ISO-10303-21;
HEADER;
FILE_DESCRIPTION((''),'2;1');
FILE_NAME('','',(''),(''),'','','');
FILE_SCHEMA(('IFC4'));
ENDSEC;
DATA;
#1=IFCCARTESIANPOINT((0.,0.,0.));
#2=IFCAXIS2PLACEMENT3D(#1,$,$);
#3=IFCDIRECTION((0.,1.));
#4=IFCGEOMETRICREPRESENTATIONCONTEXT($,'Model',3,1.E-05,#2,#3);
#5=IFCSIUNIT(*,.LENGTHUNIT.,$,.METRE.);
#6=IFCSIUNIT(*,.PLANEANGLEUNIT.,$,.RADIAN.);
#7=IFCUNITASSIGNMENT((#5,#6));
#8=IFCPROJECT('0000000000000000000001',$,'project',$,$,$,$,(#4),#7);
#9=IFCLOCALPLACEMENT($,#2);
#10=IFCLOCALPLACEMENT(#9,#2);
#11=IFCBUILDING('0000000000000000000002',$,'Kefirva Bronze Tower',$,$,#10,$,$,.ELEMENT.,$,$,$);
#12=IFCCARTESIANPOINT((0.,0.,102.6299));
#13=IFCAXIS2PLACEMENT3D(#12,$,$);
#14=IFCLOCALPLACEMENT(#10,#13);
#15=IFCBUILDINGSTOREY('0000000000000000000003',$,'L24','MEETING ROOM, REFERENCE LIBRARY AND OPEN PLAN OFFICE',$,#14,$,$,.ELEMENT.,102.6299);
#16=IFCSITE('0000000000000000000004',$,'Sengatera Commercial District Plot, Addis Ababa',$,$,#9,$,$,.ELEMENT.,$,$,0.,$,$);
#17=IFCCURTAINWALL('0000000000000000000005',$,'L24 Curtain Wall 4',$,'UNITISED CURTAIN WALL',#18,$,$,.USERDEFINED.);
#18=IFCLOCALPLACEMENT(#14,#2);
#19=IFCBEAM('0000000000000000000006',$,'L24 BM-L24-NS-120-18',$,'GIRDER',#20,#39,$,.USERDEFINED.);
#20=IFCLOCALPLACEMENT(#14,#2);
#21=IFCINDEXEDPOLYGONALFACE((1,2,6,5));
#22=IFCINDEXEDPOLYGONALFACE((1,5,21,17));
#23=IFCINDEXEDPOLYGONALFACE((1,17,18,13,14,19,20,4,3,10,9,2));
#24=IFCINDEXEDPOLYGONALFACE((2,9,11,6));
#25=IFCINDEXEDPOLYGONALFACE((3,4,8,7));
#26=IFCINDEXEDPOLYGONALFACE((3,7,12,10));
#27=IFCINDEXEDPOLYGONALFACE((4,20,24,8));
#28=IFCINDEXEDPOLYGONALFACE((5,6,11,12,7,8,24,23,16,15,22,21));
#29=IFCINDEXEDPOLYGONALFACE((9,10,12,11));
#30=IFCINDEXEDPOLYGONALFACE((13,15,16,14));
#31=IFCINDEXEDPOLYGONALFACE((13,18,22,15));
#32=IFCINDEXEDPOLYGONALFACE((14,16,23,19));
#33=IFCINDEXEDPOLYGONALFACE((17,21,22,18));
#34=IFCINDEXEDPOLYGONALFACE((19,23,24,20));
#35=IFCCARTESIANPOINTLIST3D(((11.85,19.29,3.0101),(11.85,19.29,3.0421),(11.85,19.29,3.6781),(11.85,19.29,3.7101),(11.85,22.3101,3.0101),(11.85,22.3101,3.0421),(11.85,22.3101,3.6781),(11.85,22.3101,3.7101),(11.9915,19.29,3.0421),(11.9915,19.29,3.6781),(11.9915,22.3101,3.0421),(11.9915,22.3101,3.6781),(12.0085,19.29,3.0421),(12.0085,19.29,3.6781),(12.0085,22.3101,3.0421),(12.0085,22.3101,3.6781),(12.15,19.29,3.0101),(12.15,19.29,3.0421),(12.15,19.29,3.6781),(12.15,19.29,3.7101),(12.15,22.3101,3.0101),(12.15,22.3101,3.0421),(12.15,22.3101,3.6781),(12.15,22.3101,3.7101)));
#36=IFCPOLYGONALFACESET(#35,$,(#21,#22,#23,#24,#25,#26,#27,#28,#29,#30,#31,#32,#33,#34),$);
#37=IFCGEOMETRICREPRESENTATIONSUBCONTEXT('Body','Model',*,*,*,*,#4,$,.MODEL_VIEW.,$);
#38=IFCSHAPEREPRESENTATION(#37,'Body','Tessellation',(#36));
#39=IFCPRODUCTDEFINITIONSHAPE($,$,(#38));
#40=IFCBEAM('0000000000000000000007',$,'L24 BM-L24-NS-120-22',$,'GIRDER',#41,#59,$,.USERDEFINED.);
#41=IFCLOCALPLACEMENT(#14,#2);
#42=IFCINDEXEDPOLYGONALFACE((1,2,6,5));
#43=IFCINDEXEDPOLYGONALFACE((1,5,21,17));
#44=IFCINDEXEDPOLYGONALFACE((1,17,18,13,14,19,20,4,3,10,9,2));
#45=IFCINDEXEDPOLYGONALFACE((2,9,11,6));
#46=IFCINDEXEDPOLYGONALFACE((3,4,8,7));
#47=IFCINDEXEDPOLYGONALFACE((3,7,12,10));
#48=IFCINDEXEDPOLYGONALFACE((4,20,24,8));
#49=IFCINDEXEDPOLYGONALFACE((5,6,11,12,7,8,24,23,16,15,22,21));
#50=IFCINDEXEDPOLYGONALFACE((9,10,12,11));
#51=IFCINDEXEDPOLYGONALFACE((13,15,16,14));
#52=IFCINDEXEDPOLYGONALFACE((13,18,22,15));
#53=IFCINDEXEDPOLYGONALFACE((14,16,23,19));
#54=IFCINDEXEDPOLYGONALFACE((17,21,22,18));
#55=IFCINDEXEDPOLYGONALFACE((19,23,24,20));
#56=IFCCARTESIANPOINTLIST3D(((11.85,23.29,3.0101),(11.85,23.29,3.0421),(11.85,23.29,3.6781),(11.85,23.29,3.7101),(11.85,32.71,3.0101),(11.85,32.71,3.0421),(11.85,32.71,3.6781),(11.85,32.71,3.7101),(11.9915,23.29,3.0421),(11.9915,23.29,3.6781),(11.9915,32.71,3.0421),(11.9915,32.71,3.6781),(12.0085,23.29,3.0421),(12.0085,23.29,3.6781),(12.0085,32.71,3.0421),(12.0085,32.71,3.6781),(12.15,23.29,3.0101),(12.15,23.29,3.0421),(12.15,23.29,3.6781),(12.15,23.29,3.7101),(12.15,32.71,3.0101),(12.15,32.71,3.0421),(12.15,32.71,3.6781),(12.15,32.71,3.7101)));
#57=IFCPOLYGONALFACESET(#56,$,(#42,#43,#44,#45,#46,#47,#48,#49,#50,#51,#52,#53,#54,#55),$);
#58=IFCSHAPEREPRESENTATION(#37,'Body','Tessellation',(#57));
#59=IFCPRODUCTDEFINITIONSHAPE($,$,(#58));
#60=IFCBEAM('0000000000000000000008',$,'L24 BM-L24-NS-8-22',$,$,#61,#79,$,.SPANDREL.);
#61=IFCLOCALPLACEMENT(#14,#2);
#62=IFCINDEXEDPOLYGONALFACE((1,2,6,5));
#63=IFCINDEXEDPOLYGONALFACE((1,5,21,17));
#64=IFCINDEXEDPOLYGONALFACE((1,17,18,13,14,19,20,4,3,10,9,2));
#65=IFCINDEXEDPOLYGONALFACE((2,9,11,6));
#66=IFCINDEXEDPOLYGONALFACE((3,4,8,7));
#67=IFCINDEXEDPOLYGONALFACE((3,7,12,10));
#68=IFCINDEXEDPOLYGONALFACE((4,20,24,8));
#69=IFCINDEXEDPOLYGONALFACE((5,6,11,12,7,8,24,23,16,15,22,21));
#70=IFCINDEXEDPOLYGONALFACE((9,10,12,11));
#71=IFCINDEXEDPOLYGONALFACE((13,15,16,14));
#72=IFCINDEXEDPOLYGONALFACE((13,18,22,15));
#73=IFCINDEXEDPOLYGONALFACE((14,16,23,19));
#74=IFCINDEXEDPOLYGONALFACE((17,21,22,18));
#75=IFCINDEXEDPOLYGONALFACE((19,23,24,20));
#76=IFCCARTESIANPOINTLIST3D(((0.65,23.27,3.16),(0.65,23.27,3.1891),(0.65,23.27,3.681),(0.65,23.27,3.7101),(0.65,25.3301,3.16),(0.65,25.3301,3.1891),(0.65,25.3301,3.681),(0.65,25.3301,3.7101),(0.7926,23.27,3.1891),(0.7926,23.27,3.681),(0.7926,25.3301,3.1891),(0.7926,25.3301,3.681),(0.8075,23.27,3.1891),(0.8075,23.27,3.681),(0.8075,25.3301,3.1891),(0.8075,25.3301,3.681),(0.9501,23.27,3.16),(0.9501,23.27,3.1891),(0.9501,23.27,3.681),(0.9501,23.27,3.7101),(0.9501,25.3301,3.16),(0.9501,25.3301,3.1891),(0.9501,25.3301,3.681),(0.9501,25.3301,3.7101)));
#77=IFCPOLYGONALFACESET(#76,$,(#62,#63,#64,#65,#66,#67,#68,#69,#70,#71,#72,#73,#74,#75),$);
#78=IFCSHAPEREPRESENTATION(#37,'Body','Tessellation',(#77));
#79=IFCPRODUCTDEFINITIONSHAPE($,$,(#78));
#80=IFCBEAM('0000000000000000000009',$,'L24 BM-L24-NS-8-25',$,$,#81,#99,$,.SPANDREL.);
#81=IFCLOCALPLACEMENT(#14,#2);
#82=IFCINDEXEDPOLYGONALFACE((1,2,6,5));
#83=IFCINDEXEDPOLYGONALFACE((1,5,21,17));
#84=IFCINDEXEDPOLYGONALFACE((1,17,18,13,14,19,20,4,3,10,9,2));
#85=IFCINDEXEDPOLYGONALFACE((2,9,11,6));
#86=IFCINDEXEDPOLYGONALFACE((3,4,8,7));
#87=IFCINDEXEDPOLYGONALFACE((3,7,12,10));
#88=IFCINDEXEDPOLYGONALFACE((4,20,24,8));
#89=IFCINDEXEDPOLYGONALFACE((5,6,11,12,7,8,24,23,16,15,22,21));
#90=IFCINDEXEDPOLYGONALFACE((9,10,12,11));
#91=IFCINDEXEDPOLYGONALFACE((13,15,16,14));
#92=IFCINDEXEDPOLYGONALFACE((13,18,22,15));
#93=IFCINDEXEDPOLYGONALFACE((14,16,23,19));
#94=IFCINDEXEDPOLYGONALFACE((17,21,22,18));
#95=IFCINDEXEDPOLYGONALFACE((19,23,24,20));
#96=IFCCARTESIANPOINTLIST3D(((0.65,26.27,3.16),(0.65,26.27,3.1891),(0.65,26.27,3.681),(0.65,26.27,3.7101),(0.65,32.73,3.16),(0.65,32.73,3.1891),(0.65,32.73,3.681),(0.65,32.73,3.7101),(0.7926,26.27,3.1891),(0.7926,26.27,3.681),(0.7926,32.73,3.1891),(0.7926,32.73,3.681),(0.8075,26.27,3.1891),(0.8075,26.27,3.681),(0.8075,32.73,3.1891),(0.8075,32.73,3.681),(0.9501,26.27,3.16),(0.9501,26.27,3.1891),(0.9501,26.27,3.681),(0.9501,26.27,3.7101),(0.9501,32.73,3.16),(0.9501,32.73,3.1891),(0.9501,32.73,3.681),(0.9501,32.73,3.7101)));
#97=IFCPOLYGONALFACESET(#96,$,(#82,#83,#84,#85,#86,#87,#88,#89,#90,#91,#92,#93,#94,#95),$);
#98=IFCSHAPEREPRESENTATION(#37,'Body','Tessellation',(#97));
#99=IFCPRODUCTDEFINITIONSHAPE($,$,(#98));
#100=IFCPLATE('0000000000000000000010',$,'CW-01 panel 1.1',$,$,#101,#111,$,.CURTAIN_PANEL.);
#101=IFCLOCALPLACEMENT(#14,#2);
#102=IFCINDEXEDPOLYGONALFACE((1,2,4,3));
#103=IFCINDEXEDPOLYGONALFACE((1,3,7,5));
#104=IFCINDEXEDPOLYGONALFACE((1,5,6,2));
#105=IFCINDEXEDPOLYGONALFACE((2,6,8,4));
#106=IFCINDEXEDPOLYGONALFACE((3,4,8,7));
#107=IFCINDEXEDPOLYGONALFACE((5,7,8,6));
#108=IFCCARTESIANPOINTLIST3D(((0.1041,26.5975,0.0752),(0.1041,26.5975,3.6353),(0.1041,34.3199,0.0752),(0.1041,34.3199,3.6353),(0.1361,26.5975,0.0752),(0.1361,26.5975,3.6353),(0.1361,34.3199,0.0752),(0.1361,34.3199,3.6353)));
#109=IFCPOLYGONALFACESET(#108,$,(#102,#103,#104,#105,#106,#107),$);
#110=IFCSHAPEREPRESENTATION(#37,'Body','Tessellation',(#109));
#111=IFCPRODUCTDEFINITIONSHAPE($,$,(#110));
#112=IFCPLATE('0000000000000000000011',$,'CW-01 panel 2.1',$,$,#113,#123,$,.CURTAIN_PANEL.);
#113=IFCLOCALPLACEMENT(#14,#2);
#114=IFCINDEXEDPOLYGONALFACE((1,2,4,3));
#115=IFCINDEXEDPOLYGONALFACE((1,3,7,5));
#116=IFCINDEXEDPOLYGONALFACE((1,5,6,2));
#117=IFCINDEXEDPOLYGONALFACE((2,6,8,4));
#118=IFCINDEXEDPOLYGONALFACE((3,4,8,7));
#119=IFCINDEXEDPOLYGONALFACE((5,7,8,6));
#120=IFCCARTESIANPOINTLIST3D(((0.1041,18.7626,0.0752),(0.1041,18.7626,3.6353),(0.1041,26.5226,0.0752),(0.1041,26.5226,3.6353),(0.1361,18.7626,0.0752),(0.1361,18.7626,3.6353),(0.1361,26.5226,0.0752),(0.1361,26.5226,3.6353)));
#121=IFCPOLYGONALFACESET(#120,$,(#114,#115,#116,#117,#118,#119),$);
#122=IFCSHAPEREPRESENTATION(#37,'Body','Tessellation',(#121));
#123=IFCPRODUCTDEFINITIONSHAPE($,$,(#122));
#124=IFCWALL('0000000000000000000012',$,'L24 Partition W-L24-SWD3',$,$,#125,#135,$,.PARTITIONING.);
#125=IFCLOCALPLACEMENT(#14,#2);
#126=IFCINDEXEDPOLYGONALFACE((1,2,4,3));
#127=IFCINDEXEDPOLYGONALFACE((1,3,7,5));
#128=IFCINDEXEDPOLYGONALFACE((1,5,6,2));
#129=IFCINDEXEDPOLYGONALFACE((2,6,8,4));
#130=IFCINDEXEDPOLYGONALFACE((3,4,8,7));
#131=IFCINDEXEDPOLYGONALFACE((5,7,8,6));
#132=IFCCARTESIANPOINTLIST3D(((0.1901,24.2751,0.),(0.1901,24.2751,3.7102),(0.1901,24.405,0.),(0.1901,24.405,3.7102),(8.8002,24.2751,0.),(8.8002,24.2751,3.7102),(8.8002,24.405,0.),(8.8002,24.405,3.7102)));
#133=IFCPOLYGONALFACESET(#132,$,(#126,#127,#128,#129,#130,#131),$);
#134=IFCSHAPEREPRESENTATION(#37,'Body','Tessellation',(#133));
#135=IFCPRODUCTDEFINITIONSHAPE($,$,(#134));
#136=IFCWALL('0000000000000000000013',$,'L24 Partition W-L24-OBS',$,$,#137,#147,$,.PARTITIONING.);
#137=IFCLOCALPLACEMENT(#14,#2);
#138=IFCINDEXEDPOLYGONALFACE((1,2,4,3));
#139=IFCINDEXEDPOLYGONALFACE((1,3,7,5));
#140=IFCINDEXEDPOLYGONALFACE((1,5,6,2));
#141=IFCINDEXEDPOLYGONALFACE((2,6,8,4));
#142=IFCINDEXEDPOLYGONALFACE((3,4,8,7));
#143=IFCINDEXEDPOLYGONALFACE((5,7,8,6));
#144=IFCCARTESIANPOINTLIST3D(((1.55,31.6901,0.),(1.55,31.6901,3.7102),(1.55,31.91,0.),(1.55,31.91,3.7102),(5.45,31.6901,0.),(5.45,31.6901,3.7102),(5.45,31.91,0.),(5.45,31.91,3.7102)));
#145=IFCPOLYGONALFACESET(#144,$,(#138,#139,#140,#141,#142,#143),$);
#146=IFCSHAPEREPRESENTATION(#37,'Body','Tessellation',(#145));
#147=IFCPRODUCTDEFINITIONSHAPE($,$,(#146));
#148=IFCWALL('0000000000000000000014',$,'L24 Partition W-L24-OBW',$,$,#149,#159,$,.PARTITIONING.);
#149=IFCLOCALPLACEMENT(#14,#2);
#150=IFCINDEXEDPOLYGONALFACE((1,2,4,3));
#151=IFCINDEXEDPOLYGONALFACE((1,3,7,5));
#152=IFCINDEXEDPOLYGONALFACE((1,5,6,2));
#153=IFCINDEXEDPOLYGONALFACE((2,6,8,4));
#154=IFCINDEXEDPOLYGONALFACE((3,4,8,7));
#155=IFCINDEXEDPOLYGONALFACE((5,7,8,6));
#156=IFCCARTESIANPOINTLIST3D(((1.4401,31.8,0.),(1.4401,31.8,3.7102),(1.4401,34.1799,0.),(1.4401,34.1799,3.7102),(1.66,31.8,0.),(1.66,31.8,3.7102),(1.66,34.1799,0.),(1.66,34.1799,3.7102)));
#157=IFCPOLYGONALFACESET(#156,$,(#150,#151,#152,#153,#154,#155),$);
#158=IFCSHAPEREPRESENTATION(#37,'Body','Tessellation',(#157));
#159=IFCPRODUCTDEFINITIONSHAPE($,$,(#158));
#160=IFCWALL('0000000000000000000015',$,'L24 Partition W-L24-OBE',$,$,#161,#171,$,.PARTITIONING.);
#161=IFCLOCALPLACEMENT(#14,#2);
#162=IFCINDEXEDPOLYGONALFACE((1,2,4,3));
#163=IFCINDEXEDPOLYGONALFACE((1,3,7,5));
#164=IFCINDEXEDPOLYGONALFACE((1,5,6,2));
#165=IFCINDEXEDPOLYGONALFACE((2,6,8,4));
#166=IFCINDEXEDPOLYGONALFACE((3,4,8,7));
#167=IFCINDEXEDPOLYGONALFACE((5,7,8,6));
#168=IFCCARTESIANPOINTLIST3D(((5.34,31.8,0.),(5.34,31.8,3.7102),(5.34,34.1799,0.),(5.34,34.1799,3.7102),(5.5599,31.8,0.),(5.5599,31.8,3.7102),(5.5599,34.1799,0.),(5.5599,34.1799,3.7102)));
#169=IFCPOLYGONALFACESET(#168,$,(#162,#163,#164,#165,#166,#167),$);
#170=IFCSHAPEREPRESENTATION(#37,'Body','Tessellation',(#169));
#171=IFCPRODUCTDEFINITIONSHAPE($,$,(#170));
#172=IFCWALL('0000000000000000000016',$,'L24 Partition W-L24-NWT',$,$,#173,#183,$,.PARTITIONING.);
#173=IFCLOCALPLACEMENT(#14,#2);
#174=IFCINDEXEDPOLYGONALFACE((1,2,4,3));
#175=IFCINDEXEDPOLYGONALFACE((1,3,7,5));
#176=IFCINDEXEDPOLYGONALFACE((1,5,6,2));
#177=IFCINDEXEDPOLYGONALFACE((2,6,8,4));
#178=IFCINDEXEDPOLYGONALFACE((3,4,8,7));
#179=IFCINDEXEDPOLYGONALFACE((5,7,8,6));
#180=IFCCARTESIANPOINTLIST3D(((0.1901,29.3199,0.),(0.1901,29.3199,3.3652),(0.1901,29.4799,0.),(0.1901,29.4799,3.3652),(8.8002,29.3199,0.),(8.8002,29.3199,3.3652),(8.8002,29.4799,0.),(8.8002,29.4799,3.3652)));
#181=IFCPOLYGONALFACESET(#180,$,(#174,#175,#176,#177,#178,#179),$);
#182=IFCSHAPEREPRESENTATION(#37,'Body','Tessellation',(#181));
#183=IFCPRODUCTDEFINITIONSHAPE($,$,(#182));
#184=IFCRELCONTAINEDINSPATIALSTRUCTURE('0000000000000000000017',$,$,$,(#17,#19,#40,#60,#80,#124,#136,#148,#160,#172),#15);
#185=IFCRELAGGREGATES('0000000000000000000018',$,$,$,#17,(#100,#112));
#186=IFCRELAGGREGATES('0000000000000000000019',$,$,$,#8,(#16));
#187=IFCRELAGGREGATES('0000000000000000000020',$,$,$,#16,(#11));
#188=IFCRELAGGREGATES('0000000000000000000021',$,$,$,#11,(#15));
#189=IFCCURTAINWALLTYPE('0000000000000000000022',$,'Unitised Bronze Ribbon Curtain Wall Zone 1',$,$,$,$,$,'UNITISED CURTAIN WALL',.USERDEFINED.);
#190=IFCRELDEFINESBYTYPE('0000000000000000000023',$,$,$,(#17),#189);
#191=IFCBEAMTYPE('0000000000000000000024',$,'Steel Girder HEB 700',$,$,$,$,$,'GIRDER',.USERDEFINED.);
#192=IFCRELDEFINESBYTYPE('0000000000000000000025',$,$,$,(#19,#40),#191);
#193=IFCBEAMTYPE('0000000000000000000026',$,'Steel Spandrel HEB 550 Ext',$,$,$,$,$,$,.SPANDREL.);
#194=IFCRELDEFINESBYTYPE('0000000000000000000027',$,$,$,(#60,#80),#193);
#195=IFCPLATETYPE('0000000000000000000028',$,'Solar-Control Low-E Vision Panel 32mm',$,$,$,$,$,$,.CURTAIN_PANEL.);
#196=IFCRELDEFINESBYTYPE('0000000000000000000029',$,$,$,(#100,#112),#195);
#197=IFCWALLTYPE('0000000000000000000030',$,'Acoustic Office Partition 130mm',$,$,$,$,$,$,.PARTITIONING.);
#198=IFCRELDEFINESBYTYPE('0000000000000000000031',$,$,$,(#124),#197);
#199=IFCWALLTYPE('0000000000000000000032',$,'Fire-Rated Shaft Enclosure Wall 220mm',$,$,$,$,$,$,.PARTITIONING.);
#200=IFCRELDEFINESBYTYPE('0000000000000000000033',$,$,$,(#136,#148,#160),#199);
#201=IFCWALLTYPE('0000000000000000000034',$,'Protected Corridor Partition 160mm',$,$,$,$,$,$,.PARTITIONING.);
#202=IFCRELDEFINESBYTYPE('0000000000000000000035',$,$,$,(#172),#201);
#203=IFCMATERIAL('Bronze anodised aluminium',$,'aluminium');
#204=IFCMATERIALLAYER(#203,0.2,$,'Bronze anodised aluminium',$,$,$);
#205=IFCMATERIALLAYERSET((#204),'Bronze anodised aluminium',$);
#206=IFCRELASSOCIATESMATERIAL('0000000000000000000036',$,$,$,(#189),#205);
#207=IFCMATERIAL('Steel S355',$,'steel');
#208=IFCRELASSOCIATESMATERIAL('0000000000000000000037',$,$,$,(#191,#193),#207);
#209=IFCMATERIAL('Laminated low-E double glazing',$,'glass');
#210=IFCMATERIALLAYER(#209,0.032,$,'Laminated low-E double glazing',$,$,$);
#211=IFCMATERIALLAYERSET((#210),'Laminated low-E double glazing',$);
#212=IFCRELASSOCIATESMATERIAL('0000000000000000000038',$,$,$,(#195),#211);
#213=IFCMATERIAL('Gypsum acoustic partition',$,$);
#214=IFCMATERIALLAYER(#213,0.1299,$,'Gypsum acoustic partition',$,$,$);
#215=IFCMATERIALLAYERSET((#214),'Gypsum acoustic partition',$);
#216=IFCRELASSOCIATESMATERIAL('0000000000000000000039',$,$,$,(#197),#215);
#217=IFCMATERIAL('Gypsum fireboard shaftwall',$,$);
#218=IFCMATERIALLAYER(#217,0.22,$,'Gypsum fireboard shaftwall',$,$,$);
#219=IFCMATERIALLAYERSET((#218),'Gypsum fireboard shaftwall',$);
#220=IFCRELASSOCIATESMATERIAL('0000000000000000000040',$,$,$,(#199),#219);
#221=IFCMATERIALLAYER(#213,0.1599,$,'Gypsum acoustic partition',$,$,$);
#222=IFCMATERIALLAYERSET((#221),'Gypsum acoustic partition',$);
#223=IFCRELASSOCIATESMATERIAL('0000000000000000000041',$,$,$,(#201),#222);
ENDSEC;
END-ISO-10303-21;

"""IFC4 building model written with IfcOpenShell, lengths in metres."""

from ifc_helpers import new_model, si_unit, direction, frame, frame_2d, origin, origin_2d, place, context, subcontext, project, spatial, rectangle, i_section, extrude, material, layer, layer_set, material_profile, profile_set, type_object, element, aggregate, save


model = new_model("IFC4")

# Units and contexts
model_context = context("Model", 3, precision=1e-05, world=origin(), true_north=direction((0.0, 1.0)))
body_context = subcontext(model_context, "Body", "Model", "MODEL_VIEW")
ifc_project = project(units=[si_unit("LENGTHUNIT", "METRE"), si_unit("PLANEANGLEUNIT", "RADIAN")], contexts=[model_context])

# Site, building, storey
site_placement = place(None, origin())
site = spatial("IfcSite", under=ifc_project, at=site_placement, Name="Sengatera Commercial District Plot, Addis Ababa", CompositionType="ELEMENT", RefElevation=0.0)
building_placement = place(site_placement, origin())
building = spatial("IfcBuilding", under=site, at=building_placement, Name="Kefirva Bronze Tower", CompositionType="ELEMENT")
storey_placement = place(building_placement, frame((0.0, 0.0, 102.6299)))
storey = spatial("IfcBuildingStorey", under=building, at=storey_placement, Name="L24", Description="MEETING ROOM, REFERENCE LIBRARY AND OPEN PLAN OFFICE", CompositionType="ELEMENT", Elevation=102.6299)

# Curtain wall
ifc_material_1 = material(Name="Bronze anodised aluminium", Category="aluminium")
ifc_layer_1 = layer(ifc_material_1, 0.2, Name="Bronze anodised aluminium")
ifc_layer_set_1 = layer_set([ifc_layer_1], Name="Bronze anodised aluminium")
curtain_wall_type = type_object("IfcCurtainWallType", Name="Unitised Bronze Ribbon Curtain Wall Zone 1", ElementType="UNITISED CURTAIN WALL", PredefinedType="USERDEFINED", material=ifc_layer_set_1)
curtain_wall_placement = place(storey_placement, origin())
curtain_wall = element("IfcCurtainWall", 1, at=curtain_wall_placement, inside=storey, type_object=curtain_wall_type, Name="L24 Curtain Wall 4", ObjectType="UNITISED CURTAIN WALL", PredefinedType="USERDEFINED")

# Beams
ifc_material_2 = material(Name="Steel S355", Category="steel")
ifc_material_profile_1 = material_profile(ifc_material_2, i_section(OverallWidth=0.3, OverallDepth=0.7, WebThickness=0.0171, FlangeThickness=0.032, at=origin_2d()), Name="HEB 700")
ifc_profile_set_1 = profile_set([ifc_material_profile_1], Name="Steel S355")
beam_type_1 = type_object("IfcBeamType", Name="Steel Girder HEB 700", ElementType="GIRDER", PredefinedType="USERDEFINED", material=ifc_profile_set_1)
beam_1_placement = place(storey_placement, frame((12.0, 19.29, 3.3601), z_axis=(0.0, 1.0, 0.0), x_axis=(-1.0, 0.0, 0.0)))
element("IfcBeam", 2, at=beam_1_placement, inside=storey, type_object=beam_type_1, Name="L24 BM-L24-NS-120-18", ObjectType="GIRDER", PredefinedType="USERDEFINED", context=body_context, shape_type="SweptSolid", body=[
    extrude(i_section(OverallWidth=0.3, OverallDepth=0.7, WebThickness=0.0171, FlangeThickness=0.032, at=origin_2d()), origin(), (0.0, 0.0, 1.0), 3.02),
])
beam_2_placement = place(storey_placement, frame((12.0, 23.29, 3.3601), z_axis=(0.0, 1.0, 0.0), x_axis=(-1.0, 0.0, 0.0)))
element("IfcBeam", 3, at=beam_2_placement, inside=storey, type_object=beam_type_1, Name="L24 BM-L24-NS-120-22", ObjectType="GIRDER", PredefinedType="USERDEFINED", context=body_context, shape_type="SweptSolid", body=[
    extrude(i_section(OverallWidth=0.3, OverallDepth=0.7, WebThickness=0.0171, FlangeThickness=0.032, at=origin_2d()), origin(), (0.0, 0.0, 1.0), 9.4199),
])
ifc_material_profile_2 = material_profile(ifc_material_2, i_section(OverallWidth=0.3, OverallDepth=0.55, WebThickness=0.0149, FlangeThickness=0.0291, at=origin_2d()), Name="HEB 550")
ifc_profile_set_2 = profile_set([ifc_material_profile_2], Name="Steel S355")
beam_type_2 = type_object("IfcBeamType", Name="Steel Spandrel HEB 550 Ext", PredefinedType="SPANDREL", material=ifc_profile_set_2)
beam_3_placement = place(storey_placement, frame((0.8, 23.27, 3.4351), z_axis=(0.0, 1.0, 0.0), x_axis=(-1.0, 0.0, 0.0)))
element("IfcBeam", 4, at=beam_3_placement, inside=storey, type_object=beam_type_2, Name="L24 BM-L24-NS-8-22", PredefinedType="SPANDREL", context=body_context, shape_type="SweptSolid", body=[
    extrude(i_section(OverallWidth=0.3, OverallDepth=0.55, WebThickness=0.0149, FlangeThickness=0.0291, at=origin_2d()), origin(), (0.0, 0.0, 1.0), 2.0601),
])
beam_4_placement = place(storey_placement, frame((0.8, 26.27, 3.4351), z_axis=(0.0, 1.0, 0.0), x_axis=(-1.0, 0.0, 0.0)))
element("IfcBeam", 5, at=beam_4_placement, inside=storey, type_object=beam_type_2, Name="L24 BM-L24-NS-8-25", PredefinedType="SPANDREL", context=body_context, shape_type="SweptSolid", body=[
    extrude(i_section(OverallWidth=0.3, OverallDepth=0.55, WebThickness=0.0149, FlangeThickness=0.0291, at=origin_2d()), origin(), (0.0, 0.0, 1.0), 6.46),
])

# Plates
ifc_material_3 = material(Name="Laminated low-E double glazing", Category="glass")
ifc_layer_2 = layer(ifc_material_3, 0.032, Name="Laminated low-E double glazing")
ifc_layer_set_2 = layer_set([ifc_layer_2], Name="Laminated low-E double glazing")
plate_type = type_object("IfcPlateType", Name="Solar-Control Low-E Vision Panel 32mm", PredefinedType="CURTAIN_PANEL", material=ifc_layer_set_2)
plate_1_placement = place(storey_placement, frame((0.1201, 30.4587, 0.0752), z_axis=(0.0, 0.0, 1.0), x_axis=(0.0, -1.0, 0.0)))
plate_1 = element("IfcPlate", 6, at=plate_1_placement, type_object=plate_type, Name="CW-01 panel 1.1", PredefinedType="CURTAIN_PANEL", context=body_context, shape_type="SweptSolid", body=[
    extrude(rectangle(XDim=7.7224, YDim=0.032, at=origin_2d()), origin(), (0.0, 0.0, 1.0), 3.5601),
])
plate_2_placement = place(storey_placement, frame((0.1201, 22.6426, 0.0752), z_axis=(0.0, 0.0, 1.0), x_axis=(0.0, -1.0, 0.0)))
plate_2 = element("IfcPlate", 7, at=plate_2_placement, type_object=plate_type, Name="CW-01 panel 2.1", PredefinedType="CURTAIN_PANEL", context=body_context, shape_type="SweptSolid", body=[
    extrude(rectangle(XDim=7.76, YDim=0.032, at=origin_2d()), origin(), (0.0, 0.0, 1.0), 3.5601),
])
aggregate(curtain_wall, [plate_1, plate_2])

# Walls
ifc_material_4 = material(Name="Gypsum acoustic partition")
ifc_layer_3 = layer(ifc_material_4, 0.1299, Name="Gypsum acoustic partition")
ifc_layer_set_3 = layer_set([ifc_layer_3], Name="Gypsum acoustic partition")
wall_type_1 = type_object("IfcWallType", Name="Acoustic Office Partition 130mm", PredefinedType="PARTITIONING", material=ifc_layer_set_3)
wall_1_placement = place(storey_placement, frame((0.1899, 24.3401, 0.0), z_axis=(0.0, 0.0, 1.0), x_axis=(1.0, 0.0, 0.0)))
element("IfcWall", 8, at=wall_1_placement, inside=storey, type_object=wall_type_1, Name="L24 Partition W-L24-SWD3", PredefinedType="PARTITIONING", context=body_context, shape_type="SweptSolid", body=[
    extrude(rectangle(XDim=8.6101, YDim=0.1299, at=frame_2d((4.3052, 0.0))), origin(), (0.0, 0.0, 1.0), 3.7102),
])
ifc_material_5 = material(Name="Gypsum fireboard shaftwall")
ifc_layer_4 = layer(ifc_material_5, 0.22, Name="Gypsum fireboard shaftwall")
ifc_layer_set_4 = layer_set([ifc_layer_4], Name="Gypsum fireboard shaftwall")
wall_type_2 = type_object("IfcWallType", Name="Fire-Rated Shaft Enclosure Wall 220mm", PredefinedType="PARTITIONING", material=ifc_layer_set_4)
wall_2_placement = place(storey_placement, frame((1.55, 31.8, 0.0), z_axis=(0.0, 0.0, 1.0), x_axis=(1.0, 0.0, 0.0)))
element("IfcWall", 9, at=wall_2_placement, inside=storey, type_object=wall_type_2, Name="L24 Partition W-L24-OBS", PredefinedType="PARTITIONING", context=body_context, shape_type="SweptSolid", body=[
    extrude(rectangle(XDim=3.8999, YDim=0.22, at=frame_2d((1.95, 0.0))), origin(), (0.0, 0.0, 1.0), 3.7102),
])
for number, where, z_axis, x_axis, name in (
    (10, (1.55, 31.8, 0.0), (0.0, 0.0, 1.0), (0.0, 1.0, 0.0), "L24 Partition W-L24-OBW"),
    (11, (5.45, 31.8, 0.0), (0.0, 0.0, 1.0), (0.0, 1.0, 0.0), "L24 Partition W-L24-OBE"),
):
    element("IfcWall", number, at=place(storey_placement, frame(where, z_axis=z_axis, x_axis=x_axis)), inside=storey, type_object=wall_type_2, Name=name, PredefinedType="PARTITIONING", context=body_context, shape_type="SweptSolid", body=[
        extrude(rectangle(XDim=2.3799, YDim=0.22, at=frame_2d((1.1899, 0.0))), origin(), (0.0, 0.0, 1.0), 3.7102),
    ])
ifc_layer_5 = layer(ifc_material_4, 0.1599, Name="Gypsum acoustic partition")
ifc_layer_set_5 = layer_set([ifc_layer_5], Name="Gypsum acoustic partition")
wall_type_3 = type_object("IfcWallType", Name="Protected Corridor Partition 160mm", PredefinedType="PARTITIONING", material=ifc_layer_set_5)
wall_3_placement = place(storey_placement, frame((0.1899, 29.3999, 0.0), z_axis=(0.0, 0.0, 1.0), x_axis=(1.0, 0.0, 0.0)))
element("IfcWall", 12, at=wall_3_placement, inside=storey, type_object=wall_type_3, Name="L24 Partition W-L24-NWT", PredefinedType="PARTITIONING", context=body_context, shape_type="SweptSolid", body=[
    extrude(rectangle(XDim=8.6101, YDim=0.1599, at=frame_2d((4.3052, 0.0))), origin(), (0.0, 0.0, 1.0), 3.3652),
])

save(model, "model.ifc")
